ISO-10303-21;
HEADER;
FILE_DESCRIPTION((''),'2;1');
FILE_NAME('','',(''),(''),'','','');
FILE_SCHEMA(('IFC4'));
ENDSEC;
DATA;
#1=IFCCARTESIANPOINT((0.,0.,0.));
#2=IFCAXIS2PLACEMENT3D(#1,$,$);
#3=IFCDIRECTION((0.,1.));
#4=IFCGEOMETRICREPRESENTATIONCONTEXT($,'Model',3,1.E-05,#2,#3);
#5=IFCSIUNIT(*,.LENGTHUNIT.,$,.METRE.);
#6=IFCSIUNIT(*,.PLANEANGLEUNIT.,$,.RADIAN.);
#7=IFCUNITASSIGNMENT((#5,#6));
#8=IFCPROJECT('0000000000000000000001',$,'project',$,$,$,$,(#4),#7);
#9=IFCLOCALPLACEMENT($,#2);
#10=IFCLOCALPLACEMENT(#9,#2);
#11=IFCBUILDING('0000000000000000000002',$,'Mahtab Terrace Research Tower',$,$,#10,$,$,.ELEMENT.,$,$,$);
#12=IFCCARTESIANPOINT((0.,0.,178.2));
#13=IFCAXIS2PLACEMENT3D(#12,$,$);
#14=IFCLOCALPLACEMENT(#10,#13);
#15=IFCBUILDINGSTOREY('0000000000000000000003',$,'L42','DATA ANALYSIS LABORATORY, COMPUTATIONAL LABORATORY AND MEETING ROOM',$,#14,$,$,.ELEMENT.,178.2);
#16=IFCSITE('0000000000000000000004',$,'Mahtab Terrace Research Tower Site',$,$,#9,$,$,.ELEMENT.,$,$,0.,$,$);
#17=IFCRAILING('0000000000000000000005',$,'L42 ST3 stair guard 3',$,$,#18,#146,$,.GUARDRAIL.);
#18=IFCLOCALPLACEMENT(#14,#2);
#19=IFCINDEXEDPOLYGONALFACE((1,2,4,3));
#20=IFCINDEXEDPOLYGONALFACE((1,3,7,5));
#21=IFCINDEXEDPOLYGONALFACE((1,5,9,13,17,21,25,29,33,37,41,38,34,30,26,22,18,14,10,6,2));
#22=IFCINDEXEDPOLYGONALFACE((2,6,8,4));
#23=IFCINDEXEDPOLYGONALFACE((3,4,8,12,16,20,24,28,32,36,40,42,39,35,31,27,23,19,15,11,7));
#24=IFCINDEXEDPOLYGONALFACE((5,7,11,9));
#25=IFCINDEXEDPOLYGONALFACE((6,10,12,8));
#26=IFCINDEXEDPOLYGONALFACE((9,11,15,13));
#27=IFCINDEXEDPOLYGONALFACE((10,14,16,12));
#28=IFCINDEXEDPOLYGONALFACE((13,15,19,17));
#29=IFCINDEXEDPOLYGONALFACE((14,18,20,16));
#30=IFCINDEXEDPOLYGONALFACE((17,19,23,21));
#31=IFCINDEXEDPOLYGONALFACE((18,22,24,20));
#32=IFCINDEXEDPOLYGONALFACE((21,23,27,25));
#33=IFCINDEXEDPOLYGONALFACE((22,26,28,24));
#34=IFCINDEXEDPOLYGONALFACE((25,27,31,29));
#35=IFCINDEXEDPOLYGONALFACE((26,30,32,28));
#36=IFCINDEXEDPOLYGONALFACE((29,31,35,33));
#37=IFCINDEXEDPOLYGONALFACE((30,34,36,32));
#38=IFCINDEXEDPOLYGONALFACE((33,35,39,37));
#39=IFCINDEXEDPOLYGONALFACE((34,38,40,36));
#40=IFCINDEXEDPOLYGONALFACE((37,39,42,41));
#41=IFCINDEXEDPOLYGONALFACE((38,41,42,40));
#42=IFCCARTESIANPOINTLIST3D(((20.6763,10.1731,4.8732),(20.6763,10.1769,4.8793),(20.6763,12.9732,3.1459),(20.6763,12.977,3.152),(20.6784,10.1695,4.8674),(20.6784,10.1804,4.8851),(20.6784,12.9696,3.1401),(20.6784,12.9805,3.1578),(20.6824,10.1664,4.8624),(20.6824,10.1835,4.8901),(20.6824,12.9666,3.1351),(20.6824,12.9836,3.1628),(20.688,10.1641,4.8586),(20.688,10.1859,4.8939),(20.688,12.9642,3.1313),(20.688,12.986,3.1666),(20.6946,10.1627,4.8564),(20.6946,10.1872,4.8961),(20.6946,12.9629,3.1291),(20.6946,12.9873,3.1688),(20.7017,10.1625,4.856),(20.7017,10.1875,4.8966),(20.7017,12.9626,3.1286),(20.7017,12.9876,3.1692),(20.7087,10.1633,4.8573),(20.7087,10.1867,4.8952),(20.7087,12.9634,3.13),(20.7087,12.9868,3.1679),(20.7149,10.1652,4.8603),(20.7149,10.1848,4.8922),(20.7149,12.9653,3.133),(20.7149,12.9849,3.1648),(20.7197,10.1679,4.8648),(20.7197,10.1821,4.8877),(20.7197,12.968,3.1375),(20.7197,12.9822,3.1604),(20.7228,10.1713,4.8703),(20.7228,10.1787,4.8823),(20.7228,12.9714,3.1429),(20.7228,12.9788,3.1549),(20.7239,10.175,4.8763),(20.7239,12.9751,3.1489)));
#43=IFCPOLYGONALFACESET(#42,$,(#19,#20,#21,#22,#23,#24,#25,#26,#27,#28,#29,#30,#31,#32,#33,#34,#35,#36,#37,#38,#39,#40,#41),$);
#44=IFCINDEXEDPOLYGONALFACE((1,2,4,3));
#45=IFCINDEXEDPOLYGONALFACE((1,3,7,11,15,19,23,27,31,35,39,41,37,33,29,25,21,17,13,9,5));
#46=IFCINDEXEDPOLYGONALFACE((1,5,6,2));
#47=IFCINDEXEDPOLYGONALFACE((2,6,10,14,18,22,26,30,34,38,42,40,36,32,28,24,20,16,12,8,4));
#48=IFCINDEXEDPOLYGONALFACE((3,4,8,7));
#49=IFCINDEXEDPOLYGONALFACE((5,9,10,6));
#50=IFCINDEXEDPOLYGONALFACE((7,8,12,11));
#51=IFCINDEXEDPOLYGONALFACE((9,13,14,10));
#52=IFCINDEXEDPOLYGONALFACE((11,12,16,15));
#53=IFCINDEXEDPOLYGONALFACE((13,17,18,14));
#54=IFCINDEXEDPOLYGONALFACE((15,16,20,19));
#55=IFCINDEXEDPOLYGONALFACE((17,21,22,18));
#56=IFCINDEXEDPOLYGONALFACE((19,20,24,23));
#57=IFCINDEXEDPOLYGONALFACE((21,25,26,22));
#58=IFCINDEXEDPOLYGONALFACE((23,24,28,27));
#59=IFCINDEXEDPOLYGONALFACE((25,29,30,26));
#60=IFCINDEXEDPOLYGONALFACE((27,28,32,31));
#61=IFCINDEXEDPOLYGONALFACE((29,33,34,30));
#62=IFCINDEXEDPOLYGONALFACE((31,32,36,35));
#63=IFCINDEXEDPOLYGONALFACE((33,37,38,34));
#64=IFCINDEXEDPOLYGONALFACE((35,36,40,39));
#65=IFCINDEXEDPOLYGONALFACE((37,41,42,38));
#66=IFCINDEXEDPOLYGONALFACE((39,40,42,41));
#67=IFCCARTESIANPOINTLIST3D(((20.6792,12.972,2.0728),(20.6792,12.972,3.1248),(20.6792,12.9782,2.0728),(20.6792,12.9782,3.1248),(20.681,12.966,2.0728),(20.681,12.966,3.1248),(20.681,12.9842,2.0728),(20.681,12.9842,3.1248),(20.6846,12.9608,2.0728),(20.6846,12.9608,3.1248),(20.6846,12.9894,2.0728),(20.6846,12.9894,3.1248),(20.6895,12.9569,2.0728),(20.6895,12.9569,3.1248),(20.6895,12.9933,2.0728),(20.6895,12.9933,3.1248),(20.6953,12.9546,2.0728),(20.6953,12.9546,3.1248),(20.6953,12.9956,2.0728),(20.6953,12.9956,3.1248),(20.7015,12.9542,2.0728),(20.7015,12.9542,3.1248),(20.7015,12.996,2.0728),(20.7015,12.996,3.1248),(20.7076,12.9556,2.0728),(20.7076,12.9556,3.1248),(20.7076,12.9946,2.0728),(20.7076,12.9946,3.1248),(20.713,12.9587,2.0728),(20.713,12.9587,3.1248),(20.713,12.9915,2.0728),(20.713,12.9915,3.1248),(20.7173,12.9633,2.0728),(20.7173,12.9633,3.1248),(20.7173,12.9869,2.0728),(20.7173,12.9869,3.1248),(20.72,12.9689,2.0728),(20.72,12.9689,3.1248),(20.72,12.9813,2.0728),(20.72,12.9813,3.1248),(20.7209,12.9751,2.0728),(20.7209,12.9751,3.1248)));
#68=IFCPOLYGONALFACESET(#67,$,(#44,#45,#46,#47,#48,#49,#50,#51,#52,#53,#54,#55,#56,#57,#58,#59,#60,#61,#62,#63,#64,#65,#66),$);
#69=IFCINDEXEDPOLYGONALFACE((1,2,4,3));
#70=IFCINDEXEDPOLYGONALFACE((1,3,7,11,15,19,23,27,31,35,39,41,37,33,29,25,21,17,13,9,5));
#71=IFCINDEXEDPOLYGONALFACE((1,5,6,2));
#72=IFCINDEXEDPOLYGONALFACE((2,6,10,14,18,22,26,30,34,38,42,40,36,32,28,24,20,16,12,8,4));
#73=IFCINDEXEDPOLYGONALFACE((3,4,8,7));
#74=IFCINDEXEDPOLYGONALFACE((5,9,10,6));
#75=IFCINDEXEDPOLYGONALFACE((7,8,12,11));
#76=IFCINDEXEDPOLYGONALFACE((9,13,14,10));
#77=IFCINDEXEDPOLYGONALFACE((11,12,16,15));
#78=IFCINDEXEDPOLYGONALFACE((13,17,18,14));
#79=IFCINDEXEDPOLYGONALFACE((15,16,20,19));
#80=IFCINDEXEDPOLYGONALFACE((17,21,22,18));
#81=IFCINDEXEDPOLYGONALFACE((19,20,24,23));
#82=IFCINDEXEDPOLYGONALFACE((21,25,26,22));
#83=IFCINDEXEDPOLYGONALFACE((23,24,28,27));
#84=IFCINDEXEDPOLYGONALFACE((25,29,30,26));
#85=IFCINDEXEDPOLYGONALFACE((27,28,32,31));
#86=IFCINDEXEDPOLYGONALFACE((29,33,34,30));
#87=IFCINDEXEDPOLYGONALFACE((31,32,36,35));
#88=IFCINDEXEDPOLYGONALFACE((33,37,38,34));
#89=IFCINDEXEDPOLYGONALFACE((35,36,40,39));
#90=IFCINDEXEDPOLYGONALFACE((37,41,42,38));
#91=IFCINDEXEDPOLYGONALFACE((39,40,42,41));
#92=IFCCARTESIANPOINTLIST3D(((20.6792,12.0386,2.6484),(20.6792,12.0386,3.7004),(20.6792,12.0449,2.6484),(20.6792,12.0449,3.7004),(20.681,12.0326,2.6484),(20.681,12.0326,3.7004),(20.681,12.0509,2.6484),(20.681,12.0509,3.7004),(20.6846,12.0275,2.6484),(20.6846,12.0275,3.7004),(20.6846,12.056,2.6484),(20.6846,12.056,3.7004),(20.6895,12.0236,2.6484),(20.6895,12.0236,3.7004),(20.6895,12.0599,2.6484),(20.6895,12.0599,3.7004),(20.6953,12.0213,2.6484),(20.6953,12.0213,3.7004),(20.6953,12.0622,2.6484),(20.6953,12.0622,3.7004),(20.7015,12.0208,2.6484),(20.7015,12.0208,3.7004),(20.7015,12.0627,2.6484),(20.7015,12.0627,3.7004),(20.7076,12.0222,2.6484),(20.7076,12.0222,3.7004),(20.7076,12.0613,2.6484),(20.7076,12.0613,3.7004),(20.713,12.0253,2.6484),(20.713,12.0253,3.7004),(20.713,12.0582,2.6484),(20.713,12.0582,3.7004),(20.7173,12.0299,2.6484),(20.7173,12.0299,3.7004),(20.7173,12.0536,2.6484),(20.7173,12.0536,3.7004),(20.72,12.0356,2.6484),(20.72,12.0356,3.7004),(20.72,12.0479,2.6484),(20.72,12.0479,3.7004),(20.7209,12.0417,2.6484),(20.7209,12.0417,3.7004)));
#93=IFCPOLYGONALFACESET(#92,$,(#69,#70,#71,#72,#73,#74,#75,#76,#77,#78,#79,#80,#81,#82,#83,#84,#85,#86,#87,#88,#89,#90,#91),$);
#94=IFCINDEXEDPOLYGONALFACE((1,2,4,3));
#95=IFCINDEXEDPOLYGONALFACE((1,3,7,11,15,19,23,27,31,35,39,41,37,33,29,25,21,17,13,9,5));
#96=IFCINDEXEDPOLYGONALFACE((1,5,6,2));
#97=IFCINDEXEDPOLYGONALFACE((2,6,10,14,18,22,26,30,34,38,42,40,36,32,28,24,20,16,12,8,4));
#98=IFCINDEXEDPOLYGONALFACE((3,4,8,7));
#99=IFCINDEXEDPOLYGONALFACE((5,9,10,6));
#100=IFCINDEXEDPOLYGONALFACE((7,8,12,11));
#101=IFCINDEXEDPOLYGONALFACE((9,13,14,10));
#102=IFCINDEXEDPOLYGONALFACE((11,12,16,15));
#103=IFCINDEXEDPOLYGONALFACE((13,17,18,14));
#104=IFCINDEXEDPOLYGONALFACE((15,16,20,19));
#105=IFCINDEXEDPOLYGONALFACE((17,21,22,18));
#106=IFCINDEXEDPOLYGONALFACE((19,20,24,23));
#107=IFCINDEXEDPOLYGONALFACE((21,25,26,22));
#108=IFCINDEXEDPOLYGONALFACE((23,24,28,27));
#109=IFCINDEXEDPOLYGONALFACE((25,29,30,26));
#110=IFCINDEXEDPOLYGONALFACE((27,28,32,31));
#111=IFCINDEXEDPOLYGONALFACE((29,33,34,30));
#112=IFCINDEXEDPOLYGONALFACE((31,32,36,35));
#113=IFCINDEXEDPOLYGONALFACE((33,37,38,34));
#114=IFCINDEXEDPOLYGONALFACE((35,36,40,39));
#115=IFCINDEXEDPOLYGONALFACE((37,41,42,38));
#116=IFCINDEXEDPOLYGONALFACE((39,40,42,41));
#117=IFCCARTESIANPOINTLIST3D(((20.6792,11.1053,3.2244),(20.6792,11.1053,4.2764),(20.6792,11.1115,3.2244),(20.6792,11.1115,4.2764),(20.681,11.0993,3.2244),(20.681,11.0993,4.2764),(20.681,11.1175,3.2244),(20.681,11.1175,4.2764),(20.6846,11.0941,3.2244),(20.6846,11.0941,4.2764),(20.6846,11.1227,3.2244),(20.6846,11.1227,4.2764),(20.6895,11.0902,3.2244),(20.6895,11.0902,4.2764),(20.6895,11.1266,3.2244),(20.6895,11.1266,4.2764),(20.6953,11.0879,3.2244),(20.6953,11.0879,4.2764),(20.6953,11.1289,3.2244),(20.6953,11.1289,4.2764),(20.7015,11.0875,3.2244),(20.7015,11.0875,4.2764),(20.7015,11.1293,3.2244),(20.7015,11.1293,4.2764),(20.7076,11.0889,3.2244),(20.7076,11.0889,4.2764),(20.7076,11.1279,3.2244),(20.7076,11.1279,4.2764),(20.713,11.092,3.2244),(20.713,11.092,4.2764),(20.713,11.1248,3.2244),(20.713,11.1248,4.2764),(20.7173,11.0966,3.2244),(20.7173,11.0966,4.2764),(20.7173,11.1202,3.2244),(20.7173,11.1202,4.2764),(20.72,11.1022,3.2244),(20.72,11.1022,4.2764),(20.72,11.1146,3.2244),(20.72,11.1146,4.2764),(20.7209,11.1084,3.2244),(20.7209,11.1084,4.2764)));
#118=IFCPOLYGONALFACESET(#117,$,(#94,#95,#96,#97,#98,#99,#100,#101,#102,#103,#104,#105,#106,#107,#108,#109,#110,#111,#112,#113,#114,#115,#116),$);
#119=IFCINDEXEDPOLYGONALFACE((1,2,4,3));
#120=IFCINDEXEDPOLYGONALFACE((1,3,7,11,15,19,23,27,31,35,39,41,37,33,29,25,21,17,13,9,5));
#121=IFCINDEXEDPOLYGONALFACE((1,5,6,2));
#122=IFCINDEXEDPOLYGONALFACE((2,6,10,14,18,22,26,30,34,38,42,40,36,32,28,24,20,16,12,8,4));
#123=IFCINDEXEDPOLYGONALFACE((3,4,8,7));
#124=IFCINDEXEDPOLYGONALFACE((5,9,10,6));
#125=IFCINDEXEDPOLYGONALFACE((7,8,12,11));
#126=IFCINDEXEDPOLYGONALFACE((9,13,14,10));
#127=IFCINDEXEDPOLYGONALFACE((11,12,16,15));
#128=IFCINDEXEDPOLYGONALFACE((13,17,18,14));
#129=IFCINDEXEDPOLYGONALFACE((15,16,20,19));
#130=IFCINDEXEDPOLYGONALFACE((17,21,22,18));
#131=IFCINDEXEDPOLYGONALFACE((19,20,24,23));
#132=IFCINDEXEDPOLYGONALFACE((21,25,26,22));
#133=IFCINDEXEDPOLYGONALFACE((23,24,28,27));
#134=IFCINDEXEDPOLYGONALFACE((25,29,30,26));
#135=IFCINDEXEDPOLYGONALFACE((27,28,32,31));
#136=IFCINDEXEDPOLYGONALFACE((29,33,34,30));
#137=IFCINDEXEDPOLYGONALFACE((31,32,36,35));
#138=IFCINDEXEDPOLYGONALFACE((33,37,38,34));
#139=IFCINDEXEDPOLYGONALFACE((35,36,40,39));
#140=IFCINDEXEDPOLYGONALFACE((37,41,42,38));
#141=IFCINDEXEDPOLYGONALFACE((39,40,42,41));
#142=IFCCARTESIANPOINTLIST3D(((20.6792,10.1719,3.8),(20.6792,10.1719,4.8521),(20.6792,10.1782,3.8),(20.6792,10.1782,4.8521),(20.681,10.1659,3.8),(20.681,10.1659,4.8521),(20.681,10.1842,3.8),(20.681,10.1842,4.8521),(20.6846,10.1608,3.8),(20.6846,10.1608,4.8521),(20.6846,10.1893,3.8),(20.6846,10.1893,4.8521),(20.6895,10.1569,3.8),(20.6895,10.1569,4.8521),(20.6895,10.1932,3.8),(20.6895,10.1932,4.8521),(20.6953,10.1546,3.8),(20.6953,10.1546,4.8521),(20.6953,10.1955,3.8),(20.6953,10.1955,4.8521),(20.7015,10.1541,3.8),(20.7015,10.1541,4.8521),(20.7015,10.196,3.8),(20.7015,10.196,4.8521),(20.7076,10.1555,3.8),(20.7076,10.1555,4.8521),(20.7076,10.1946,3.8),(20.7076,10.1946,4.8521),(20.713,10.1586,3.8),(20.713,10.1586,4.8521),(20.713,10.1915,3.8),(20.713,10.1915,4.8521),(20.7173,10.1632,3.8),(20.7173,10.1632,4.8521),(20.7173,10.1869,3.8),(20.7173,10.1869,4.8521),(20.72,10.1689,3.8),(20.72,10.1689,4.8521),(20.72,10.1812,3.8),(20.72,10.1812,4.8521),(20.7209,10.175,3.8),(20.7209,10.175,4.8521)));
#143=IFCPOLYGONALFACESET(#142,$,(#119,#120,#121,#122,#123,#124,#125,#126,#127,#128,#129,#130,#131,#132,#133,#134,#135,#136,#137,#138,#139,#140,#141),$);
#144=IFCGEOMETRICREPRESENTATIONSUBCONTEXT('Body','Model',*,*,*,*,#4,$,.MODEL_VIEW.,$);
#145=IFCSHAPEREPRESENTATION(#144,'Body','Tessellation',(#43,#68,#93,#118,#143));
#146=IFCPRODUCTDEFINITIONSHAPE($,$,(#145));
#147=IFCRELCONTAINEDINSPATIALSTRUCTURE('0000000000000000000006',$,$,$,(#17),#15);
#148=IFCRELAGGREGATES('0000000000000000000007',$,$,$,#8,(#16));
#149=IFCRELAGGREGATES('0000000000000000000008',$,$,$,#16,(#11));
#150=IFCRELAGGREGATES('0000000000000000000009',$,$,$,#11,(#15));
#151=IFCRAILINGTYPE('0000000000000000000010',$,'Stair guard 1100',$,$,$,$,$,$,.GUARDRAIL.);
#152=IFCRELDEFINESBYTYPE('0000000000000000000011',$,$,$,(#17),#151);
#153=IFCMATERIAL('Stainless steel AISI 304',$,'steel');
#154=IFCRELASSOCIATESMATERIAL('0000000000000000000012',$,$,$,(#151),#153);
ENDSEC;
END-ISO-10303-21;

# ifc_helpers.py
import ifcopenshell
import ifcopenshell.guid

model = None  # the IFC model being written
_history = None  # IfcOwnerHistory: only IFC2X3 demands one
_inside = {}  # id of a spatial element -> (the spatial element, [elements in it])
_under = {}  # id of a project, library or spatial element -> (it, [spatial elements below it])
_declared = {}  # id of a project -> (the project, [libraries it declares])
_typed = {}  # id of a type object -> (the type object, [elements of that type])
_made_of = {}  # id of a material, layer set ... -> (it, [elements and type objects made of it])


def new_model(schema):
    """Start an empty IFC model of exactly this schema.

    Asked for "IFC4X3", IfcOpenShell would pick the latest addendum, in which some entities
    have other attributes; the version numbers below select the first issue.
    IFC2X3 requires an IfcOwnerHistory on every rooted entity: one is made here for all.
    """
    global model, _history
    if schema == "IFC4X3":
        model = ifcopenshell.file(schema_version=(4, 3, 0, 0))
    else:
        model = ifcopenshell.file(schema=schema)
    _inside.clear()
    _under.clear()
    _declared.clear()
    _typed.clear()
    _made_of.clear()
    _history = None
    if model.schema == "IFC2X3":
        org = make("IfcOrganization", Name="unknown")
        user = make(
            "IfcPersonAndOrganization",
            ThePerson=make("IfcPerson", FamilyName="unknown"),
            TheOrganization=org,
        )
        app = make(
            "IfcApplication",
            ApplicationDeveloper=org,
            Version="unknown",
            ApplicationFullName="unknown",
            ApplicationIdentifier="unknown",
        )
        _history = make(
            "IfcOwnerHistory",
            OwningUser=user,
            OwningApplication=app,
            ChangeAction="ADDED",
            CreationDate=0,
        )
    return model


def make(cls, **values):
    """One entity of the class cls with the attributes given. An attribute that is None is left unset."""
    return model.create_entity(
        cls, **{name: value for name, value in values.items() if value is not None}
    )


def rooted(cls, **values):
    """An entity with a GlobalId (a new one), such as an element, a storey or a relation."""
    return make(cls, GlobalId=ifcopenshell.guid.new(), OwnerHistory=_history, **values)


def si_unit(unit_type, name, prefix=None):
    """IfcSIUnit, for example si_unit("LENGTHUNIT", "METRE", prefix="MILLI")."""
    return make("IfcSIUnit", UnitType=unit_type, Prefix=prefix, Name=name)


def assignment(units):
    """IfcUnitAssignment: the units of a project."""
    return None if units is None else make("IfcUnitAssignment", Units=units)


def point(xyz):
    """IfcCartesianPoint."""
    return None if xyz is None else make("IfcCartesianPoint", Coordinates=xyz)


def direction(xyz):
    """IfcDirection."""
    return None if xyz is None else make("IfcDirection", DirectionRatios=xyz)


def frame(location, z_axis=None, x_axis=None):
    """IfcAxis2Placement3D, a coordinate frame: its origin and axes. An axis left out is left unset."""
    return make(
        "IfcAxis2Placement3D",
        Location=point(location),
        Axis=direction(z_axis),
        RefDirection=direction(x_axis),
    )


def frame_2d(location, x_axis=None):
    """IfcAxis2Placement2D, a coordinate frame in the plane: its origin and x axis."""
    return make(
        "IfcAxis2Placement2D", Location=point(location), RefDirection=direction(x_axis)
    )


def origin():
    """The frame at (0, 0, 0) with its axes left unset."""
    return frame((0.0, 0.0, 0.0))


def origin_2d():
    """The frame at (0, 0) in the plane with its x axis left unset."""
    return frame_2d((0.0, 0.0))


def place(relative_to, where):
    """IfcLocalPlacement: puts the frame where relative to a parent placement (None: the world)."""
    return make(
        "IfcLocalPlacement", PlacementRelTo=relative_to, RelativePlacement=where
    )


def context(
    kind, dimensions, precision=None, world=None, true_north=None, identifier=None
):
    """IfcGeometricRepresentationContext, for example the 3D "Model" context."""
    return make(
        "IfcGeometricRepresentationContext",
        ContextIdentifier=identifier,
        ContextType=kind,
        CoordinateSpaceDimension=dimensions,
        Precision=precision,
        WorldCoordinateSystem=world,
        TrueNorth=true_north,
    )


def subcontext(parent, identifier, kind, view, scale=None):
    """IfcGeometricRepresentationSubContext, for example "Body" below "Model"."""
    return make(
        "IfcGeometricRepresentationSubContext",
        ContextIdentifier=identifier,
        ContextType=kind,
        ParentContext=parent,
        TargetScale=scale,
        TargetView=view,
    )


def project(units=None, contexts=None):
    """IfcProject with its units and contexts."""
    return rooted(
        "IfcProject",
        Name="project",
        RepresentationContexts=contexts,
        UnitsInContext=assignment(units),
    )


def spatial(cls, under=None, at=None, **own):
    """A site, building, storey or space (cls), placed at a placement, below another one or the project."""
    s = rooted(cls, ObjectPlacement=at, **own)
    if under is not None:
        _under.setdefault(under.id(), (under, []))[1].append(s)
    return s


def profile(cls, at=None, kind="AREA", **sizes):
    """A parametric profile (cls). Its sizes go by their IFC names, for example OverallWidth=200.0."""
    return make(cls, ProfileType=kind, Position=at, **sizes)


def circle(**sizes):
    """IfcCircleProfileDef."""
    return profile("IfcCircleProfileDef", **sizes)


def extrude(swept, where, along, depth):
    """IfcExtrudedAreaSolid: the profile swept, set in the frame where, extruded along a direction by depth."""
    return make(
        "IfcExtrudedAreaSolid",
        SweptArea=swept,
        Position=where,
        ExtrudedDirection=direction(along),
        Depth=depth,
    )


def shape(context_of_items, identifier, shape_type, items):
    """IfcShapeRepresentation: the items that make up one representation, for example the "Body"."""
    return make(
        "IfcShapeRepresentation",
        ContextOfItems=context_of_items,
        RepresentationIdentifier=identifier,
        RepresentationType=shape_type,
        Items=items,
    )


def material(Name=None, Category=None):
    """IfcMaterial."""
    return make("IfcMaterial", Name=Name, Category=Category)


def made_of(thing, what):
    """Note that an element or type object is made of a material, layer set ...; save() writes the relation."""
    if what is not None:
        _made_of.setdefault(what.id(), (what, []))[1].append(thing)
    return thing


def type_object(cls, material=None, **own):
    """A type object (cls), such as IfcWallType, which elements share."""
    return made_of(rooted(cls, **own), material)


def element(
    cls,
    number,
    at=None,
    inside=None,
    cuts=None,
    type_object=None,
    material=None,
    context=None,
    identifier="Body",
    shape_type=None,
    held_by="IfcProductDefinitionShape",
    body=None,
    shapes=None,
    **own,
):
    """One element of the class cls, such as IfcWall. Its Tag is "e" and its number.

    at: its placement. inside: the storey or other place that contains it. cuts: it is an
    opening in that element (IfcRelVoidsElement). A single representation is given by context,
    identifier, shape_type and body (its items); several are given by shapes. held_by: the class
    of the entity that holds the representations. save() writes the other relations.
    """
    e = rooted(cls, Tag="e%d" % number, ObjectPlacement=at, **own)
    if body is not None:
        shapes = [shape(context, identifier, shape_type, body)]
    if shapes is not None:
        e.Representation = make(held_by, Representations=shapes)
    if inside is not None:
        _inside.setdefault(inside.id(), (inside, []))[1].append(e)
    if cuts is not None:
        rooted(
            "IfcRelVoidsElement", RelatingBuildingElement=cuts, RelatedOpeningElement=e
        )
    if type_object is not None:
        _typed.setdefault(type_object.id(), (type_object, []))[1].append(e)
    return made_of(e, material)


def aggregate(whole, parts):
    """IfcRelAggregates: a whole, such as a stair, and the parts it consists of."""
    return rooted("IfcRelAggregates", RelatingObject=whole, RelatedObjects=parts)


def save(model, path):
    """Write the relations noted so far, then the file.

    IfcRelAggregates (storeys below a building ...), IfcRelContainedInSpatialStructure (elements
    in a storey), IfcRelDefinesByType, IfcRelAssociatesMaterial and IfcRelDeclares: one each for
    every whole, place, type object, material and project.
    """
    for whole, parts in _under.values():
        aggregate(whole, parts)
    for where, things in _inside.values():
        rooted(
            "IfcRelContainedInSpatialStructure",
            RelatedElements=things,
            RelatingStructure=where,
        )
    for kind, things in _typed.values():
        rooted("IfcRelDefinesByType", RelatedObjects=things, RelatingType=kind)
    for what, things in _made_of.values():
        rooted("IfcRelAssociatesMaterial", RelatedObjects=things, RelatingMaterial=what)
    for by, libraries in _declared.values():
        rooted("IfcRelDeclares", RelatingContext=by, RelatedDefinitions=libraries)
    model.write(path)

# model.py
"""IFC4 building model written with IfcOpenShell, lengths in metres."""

from ifc_helpers import new_model, si_unit, direction, frame, origin, origin_2d, place, context, subcontext, project, spatial, circle, extrude, material, type_object, element, save


model = new_model("IFC4")

# Units and contexts
model_context = context("Model", 3, precision=1e-05, world=origin(), true_north=direction((0.0, 1.0)))
body_context = subcontext(model_context, "Body", "Model", "MODEL_VIEW")
ifc_project = project(units=[si_unit("LENGTHUNIT", "METRE"), si_unit("PLANEANGLEUNIT", "RADIAN")], contexts=[model_context])

# Site, building, storey
site_placement = place(None, origin())
site = spatial("IfcSite", under=ifc_project, at=site_placement, Name="Mahtab Terrace Research Tower Site", CompositionType="ELEMENT", RefElevation=0.0)
building_placement = place(site_placement, origin())
building = spatial("IfcBuilding", under=site, at=building_placement, Name="Mahtab Terrace Research Tower", CompositionType="ELEMENT")
storey_placement = place(building_placement, frame((0.0, 0.0, 178.2)))
storey = spatial("IfcBuildingStorey", under=building, at=storey_placement, Name="L42", Description="DATA ANALYSIS LABORATORY, COMPUTATIONAL LABORATORY AND MEETING ROOM", CompositionType="ELEMENT", Elevation=178.2)

# Shared definitions
ifc_material_1 = material(Name="Stainless steel AISI 304", Category="steel")

# Railing
railing_type_1 = type_object("IfcRailingType", Name="Stair guard 1100", PredefinedType="GUARDRAIL", material=ifc_material_1)
railing_1_placement = place(storey_placement, frame((20.7, 12.9751, 2.0728)))
element("IfcRailing", 1, at=railing_1_placement, inside=storey, type_object=railing_type_1, Name="L42 ST3 stair guard 3", PredefinedType="GUARDRAIL", context=body_context, shape_type="SweptSolid", body=[
    extrude(circle(Radius=0.0239, at=origin_2d()), frame((0.0, 0.0, 1.0762), z_axis=(0.0, -0.85109, 0.52502), x_axis=(1.0, 0.0, 0.0)), (0.0, 0.0, 1.0), 3.29),
    extrude(circle(Radius=0.021, at=origin_2d()), origin(), (0.0, 0.0, 1.0), 1.052),
    extrude(circle(Radius=0.021, at=origin_2d()), frame((0.0, -0.9333, 0.5757)), (0.0, 0.0, 1.0), 1.052),
    extrude(circle(Radius=0.021, at=origin_2d()), frame((0.0, -1.8667, 1.1516)), (0.0, 0.0, 1.0), 1.052),
    extrude(circle(Radius=0.021, at=origin_2d()), frame((0.0, -2.8, 1.7273)), (0.0, 0.0, 1.0), 1.052),
])

save(model, "model.ifc")
